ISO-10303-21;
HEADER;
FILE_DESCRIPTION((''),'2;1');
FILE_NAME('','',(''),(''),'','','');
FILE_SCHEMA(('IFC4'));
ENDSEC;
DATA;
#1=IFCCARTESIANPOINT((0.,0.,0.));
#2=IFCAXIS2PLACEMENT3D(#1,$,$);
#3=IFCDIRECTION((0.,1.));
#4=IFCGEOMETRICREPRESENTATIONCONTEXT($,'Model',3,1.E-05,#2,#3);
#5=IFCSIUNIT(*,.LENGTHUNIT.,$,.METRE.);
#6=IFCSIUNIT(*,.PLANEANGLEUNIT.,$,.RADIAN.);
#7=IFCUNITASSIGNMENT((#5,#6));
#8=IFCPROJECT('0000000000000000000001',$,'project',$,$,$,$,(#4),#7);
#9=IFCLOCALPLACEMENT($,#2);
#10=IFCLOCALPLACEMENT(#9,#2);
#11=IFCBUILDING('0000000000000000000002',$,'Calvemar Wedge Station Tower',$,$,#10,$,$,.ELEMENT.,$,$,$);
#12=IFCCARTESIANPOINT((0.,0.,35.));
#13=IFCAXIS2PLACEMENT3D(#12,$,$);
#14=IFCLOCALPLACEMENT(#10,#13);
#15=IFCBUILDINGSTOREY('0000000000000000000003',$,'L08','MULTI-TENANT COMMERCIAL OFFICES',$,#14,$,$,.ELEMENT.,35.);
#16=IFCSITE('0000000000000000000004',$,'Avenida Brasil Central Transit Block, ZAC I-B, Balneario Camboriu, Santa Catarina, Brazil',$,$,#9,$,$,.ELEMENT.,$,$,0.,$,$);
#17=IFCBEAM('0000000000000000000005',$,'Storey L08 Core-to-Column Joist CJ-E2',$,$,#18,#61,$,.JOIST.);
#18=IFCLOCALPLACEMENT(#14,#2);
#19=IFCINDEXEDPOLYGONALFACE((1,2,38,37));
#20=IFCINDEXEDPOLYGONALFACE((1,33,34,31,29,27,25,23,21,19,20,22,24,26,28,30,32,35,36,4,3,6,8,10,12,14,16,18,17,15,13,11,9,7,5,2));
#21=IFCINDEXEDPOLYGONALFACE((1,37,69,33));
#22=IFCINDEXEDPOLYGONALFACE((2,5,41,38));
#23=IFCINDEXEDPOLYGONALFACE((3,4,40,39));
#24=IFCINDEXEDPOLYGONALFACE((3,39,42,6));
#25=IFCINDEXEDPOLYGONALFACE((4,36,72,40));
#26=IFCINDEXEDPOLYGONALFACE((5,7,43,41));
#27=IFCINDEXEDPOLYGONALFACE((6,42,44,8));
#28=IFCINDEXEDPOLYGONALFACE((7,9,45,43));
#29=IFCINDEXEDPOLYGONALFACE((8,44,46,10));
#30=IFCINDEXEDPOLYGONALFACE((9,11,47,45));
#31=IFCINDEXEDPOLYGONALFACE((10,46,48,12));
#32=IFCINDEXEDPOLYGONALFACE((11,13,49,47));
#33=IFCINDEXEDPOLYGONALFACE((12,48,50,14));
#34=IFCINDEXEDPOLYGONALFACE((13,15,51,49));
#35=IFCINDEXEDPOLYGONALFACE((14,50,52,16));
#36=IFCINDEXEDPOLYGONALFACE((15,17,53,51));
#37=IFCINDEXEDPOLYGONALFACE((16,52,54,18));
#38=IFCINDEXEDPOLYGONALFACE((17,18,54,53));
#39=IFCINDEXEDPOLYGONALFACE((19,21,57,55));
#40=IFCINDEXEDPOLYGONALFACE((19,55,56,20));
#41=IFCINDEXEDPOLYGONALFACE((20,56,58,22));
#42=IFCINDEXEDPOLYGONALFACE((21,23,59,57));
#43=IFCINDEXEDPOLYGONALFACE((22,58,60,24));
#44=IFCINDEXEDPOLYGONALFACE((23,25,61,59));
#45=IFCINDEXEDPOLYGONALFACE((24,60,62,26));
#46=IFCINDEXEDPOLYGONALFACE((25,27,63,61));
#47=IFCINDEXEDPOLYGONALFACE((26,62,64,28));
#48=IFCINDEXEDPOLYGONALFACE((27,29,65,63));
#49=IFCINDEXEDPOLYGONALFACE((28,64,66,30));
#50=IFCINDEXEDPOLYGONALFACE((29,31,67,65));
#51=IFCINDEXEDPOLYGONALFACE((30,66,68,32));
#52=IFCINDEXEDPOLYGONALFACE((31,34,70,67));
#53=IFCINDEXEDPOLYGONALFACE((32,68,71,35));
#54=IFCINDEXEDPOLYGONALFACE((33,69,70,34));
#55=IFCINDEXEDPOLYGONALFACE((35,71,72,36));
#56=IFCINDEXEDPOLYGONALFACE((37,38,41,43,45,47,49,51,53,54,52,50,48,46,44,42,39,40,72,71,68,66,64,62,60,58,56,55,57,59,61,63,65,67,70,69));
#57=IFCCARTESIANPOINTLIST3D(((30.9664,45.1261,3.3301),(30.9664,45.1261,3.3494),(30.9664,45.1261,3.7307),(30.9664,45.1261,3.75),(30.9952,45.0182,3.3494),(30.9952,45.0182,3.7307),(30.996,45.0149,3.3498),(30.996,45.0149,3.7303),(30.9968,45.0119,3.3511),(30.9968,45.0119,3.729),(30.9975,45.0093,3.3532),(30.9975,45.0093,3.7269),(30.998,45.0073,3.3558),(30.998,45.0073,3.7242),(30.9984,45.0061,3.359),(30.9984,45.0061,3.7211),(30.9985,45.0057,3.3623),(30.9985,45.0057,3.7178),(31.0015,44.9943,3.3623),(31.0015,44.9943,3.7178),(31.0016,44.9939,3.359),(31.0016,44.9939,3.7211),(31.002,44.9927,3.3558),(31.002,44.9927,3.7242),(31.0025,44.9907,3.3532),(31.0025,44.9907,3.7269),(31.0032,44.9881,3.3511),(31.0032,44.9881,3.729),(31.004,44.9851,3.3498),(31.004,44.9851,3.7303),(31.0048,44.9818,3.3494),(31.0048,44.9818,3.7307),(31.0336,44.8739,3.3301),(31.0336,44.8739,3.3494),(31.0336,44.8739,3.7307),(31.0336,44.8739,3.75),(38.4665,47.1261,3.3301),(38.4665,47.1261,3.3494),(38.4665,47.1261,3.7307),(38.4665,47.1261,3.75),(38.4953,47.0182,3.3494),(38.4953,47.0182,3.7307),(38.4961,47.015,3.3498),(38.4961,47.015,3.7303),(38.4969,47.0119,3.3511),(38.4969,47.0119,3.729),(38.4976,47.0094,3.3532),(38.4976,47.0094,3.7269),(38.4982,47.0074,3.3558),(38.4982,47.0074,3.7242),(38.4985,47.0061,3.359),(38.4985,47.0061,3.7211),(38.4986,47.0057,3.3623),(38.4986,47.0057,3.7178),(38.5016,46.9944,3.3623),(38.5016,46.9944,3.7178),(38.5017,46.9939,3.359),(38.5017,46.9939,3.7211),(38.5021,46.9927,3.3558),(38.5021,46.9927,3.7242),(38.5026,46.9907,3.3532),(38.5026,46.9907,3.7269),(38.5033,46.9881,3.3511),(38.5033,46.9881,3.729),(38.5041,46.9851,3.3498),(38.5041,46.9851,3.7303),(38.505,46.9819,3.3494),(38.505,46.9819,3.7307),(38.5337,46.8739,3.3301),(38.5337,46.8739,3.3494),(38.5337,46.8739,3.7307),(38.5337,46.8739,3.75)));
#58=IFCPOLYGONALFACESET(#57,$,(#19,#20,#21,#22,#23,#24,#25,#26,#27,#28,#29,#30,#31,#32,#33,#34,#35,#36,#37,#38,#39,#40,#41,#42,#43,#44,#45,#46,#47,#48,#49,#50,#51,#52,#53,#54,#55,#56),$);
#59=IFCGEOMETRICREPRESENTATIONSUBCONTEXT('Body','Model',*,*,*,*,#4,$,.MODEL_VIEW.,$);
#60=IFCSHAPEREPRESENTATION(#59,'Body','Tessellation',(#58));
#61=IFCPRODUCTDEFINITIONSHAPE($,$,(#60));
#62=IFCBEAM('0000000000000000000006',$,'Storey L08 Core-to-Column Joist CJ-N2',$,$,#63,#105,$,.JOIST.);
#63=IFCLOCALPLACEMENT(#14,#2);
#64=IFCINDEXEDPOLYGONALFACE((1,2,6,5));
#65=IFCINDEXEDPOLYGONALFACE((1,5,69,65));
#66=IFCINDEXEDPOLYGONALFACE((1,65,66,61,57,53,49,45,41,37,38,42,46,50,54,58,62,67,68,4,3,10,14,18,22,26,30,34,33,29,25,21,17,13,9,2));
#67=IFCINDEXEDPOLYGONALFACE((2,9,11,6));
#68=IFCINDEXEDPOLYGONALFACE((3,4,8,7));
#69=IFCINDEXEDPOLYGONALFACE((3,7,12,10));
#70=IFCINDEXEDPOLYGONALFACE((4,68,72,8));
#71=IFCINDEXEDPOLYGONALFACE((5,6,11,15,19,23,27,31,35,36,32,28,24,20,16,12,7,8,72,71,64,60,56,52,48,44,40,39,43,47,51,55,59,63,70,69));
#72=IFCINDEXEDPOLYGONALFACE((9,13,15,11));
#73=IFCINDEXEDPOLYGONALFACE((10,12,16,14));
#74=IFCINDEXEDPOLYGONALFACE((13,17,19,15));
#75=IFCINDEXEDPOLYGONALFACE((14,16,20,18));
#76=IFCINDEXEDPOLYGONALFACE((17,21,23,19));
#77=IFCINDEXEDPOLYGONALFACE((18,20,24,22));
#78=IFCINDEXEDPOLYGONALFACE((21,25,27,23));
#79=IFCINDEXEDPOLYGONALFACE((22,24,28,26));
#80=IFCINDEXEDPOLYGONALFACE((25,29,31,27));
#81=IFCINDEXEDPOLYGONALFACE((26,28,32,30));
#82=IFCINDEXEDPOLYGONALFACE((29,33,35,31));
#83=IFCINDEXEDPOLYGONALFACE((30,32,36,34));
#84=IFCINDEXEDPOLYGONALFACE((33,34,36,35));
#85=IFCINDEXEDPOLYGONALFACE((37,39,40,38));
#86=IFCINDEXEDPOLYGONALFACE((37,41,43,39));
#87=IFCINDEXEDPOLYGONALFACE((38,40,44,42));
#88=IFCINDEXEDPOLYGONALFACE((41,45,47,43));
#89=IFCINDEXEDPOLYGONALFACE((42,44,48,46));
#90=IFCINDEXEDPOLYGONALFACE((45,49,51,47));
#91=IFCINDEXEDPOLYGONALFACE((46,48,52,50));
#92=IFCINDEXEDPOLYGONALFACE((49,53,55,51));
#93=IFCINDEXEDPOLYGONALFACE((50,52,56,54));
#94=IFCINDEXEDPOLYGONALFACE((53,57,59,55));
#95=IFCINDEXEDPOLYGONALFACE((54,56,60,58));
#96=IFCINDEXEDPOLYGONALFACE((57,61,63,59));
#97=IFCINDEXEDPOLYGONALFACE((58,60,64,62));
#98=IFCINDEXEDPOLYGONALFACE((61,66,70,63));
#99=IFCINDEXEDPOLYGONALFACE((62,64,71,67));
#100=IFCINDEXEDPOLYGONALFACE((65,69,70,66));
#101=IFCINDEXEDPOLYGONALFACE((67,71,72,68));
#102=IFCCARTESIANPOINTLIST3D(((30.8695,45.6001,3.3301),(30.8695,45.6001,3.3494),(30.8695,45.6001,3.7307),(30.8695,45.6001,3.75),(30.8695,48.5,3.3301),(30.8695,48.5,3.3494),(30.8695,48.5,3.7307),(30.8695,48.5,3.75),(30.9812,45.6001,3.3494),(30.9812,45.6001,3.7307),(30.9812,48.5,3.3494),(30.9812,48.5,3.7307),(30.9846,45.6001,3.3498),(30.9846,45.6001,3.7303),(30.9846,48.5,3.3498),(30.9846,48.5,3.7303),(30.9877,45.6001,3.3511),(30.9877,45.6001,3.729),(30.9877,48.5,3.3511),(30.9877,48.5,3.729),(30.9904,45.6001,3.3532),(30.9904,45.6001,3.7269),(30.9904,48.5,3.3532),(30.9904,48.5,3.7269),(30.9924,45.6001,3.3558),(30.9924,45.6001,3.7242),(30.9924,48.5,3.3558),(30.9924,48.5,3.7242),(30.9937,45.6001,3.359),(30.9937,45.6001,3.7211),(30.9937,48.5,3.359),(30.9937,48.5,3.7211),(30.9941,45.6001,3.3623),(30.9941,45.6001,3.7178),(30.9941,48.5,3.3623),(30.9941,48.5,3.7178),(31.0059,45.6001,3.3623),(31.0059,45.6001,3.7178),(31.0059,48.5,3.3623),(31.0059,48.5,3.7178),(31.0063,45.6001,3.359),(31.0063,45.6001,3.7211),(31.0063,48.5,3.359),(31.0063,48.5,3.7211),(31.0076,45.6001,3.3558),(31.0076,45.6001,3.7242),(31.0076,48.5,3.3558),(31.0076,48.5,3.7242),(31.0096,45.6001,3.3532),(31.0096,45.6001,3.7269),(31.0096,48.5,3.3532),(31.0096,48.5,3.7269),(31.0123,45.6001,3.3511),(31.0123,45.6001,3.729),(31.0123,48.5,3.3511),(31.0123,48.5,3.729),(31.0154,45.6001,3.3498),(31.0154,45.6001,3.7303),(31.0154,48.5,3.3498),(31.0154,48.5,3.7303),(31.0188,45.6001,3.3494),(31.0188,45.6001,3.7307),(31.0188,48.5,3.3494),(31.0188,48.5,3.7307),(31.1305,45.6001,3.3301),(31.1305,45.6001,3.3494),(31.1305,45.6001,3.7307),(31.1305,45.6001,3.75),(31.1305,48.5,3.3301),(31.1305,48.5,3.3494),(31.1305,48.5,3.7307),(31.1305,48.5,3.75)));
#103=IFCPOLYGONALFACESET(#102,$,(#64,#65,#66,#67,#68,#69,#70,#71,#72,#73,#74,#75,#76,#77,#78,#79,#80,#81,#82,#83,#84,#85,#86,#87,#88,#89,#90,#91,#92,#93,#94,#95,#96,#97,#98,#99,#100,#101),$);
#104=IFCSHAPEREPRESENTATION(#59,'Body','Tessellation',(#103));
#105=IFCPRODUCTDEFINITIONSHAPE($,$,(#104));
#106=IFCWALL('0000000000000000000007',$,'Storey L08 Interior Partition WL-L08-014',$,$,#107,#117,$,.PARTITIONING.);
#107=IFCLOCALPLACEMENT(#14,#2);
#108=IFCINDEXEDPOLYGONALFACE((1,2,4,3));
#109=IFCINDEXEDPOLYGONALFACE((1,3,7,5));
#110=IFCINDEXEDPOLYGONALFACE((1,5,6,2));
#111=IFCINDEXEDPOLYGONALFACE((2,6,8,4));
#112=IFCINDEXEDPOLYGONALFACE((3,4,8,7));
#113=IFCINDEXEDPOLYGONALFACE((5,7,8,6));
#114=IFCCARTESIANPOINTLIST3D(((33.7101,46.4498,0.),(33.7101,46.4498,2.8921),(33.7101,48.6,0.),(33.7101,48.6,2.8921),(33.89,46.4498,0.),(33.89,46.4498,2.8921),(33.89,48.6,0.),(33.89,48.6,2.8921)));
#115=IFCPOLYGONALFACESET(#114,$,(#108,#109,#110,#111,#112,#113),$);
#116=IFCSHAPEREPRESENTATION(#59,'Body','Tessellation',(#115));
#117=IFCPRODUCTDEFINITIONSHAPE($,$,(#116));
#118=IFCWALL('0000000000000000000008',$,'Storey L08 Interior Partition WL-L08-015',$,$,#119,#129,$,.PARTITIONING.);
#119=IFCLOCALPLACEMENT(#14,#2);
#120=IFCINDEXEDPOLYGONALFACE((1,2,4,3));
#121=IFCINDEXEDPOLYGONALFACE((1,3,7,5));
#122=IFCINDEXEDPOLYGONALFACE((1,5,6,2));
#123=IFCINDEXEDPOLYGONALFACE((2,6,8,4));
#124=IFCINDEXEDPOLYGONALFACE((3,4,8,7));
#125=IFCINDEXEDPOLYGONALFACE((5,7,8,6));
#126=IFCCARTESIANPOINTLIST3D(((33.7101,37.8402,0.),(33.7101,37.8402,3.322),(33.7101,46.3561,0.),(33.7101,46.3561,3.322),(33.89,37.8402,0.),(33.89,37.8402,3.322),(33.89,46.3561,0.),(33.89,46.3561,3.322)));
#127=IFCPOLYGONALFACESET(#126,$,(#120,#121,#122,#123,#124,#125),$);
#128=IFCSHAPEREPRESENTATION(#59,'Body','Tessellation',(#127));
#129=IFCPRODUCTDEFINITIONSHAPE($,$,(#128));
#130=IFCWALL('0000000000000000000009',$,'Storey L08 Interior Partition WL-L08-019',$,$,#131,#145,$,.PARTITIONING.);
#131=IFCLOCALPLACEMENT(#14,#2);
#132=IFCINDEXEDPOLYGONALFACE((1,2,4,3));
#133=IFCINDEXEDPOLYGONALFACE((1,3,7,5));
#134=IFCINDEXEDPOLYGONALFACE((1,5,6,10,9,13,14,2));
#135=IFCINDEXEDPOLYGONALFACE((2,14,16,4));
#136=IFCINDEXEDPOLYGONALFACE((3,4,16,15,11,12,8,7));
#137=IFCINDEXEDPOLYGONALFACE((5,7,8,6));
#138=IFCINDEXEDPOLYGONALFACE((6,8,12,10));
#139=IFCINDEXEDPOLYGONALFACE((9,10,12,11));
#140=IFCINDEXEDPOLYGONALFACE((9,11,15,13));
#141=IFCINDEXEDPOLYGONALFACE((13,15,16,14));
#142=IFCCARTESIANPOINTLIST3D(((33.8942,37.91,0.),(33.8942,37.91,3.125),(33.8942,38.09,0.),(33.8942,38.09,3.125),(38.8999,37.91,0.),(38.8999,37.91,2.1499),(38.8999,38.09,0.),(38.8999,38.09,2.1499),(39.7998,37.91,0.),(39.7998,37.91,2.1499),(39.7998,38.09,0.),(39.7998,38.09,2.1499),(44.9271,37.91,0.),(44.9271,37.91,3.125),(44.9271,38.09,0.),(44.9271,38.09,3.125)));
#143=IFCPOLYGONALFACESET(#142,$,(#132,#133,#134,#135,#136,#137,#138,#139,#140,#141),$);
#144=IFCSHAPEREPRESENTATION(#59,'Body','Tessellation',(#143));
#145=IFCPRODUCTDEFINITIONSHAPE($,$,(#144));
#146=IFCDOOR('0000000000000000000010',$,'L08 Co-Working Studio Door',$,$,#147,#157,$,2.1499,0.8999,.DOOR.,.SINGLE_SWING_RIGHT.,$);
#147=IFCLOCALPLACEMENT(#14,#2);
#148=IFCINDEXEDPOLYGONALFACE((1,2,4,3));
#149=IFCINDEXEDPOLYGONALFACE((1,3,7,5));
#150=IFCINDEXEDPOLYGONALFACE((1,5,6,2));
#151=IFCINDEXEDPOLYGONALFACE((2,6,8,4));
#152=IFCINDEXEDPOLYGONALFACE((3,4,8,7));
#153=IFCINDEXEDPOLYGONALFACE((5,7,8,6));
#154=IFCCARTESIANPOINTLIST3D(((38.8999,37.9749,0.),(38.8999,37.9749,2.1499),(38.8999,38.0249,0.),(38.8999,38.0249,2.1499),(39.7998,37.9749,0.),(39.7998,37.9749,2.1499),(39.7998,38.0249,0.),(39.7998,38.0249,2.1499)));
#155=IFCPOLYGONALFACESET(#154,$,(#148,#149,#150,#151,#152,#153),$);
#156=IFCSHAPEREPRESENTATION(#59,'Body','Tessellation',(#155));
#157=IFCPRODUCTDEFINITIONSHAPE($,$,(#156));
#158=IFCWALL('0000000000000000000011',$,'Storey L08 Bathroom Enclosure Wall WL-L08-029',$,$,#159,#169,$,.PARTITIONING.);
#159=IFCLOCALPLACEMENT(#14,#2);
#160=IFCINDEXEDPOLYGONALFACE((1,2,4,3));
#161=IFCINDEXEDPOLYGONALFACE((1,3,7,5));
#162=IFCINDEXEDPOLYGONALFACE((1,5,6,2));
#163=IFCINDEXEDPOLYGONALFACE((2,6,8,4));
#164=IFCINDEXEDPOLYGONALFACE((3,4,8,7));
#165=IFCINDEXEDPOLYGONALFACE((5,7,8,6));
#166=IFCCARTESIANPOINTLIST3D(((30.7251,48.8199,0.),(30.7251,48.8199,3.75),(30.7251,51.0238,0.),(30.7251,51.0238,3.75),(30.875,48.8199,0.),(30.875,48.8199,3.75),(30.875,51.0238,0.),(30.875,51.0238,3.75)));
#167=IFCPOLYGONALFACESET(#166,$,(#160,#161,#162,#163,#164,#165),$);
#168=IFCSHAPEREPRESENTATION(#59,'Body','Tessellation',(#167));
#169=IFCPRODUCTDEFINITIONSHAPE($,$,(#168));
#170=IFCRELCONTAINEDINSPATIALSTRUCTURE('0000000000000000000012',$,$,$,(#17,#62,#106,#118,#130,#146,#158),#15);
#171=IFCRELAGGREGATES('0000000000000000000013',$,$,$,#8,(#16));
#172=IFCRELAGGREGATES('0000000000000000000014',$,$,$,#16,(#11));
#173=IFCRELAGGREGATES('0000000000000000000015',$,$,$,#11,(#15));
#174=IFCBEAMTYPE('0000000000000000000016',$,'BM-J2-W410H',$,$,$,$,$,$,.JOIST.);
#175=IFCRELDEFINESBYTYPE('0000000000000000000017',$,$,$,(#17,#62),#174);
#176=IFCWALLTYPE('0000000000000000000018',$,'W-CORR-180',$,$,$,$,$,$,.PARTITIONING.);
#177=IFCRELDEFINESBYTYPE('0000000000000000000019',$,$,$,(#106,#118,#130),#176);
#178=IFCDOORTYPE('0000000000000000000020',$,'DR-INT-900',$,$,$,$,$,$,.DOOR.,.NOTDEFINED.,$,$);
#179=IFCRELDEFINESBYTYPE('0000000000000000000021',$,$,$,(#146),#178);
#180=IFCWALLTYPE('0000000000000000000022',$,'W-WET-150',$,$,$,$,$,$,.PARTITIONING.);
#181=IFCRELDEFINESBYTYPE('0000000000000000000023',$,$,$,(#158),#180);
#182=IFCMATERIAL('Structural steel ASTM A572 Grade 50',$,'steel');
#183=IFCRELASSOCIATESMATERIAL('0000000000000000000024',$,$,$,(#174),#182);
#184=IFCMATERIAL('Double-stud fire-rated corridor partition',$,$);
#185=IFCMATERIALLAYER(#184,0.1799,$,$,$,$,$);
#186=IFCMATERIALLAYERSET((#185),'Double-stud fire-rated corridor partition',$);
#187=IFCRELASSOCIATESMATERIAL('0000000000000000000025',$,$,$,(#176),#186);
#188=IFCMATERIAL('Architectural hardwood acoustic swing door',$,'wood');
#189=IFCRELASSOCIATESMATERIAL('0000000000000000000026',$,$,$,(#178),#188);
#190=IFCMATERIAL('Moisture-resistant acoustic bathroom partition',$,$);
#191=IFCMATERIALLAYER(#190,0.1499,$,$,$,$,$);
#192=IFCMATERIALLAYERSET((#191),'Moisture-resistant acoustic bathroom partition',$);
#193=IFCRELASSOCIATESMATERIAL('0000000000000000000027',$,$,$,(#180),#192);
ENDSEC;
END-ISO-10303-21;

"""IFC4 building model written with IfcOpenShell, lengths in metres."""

from ifc_helpers import new_model, si_unit, direction, frame, frame_2d, origin, origin_2d, place, context, subcontext, project, spatial, rectangle, i_section, extrude, source, transform, mapped, material, layer, layer_set, material_profile, profile_set, type_object, element, fill, save


model = new_model("IFC4")

# Units and contexts
model_context = context("Model", 3, precision=1e-05, world=origin(), true_north=direction((0.0, 1.0)))
body_context = subcontext(model_context, "Body", "Model", "MODEL_VIEW")
ifc_project = project(units=[si_unit("LENGTHUNIT", "METRE"), si_unit("PLANEANGLEUNIT", "RADIAN")], contexts=[model_context])

# Site, building, storey
site_placement = place(None, origin())
site = spatial("IfcSite", under=ifc_project, at=site_placement, Name="Avenida Brasil Central Transit Block, ZAC I-B, Balneario Camboriu, Santa Catarina, Brazil", CompositionType="ELEMENT", RefElevation=0.0)
building_placement = place(site_placement, origin())
building = spatial("IfcBuilding", under=site, at=building_placement, Name="Calvemar Wedge Station Tower", CompositionType="ELEMENT")
storey_placement = place(building_placement, frame((0.0, 0.0, 35.0)))
storey = spatial("IfcBuildingStorey", under=building, at=storey_placement, Name="L08", Description="MULTI-TENANT COMMERCIAL OFFICES", CompositionType="ELEMENT", Elevation=35.0)

# Beams
ifc_material_1 = material(Name="Structural steel ASTM A572 Grade 50", Category="steel")
ifc_material_profile_1 = material_profile(ifc_material_1, i_section(OverallWidth=0.261, OverallDepth=0.4199, WebThickness=0.0117, FlangeThickness=0.0193, FilletRadius=0.0129, at=origin_2d()), Name="W410x114")
ifc_profile_set_1 = profile_set([ifc_material_profile_1], Name="Structural steel ASTM A572 Grade 50")
beam_type_1 = type_object("IfcBeamType", Name="BM-J2-W410H", PredefinedType="JOIST", material=ifc_profile_set_1)
shared_shape_1 = source(origin(), body_context, "Body", "SweptSolid", [
    extrude(i_section(OverallWidth=0.261, OverallDepth=0.4199, WebThickness=0.0117, FlangeThickness=0.0193, FilletRadius=0.0129, at=origin_2d()), origin(), (0.0, 0.0, 1.0), 7.7622),
])
beam_1_placement = place(storey_placement, frame((31.0, 45.0, 3.54), z_axis=(0.966235, 0.257663, 0.0), x_axis=(-0.257663, 0.966235, 0.0)))
element("IfcBeam", 1, at=beam_1_placement, inside=storey, type_object=beam_type_1, Name="Storey L08 Core-to-Column Joist CJ-E2", PredefinedType="JOIST", context=body_context, shape_type="MappedRepresentation", body=[
    mapped(shared_shape_1, transform((0.0, 0.0, 0.0), scale=1.0)),
])
shared_shape_2 = source(origin(), body_context, "Body", "SweptSolid", [
    extrude(i_section(OverallWidth=0.261, OverallDepth=0.4199, WebThickness=0.0117, FlangeThickness=0.0193, FilletRadius=0.0129, at=origin_2d()), origin(), (0.0, 0.0, 1.0), 2.8999),
])
beam_2_placement = place(storey_placement, frame((31.0, 45.6001, 3.54), z_axis=(0.0, 1.0, 0.0), x_axis=(-1.0, 0.0, 0.0)))
element("IfcBeam", 2, at=beam_2_placement, inside=storey, type_object=beam_type_1, Name="Storey L08 Core-to-Column Joist CJ-N2", PredefinedType="JOIST", context=body_context, shape_type="MappedRepresentation", body=[
    mapped(shared_shape_2, transform((0.0, 0.0, 0.0), scale=1.0)),
])

# Walls
ifc_material_2 = material(Name="Double-stud fire-rated corridor partition")
ifc_layer_1 = layer(ifc_material_2, 0.1799)
ifc_layer_set_1 = layer_set([ifc_layer_1], Name="Double-stud fire-rated corridor partition")
wall_type_1 = type_object("IfcWallType", Name="W-CORR-180", PredefinedType="PARTITIONING", material=ifc_layer_set_1)
wall_1_placement = place(storey_placement, frame((33.8, 48.6001, 0.0), z_axis=(0.0, 0.0, 1.0), x_axis=(0.0, -1.0, 0.0)))
element("IfcWall", 3, at=wall_1_placement, inside=storey, type_object=wall_type_1, Name="Storey L08 Interior Partition WL-L08-014", PredefinedType="PARTITIONING", context=body_context, shape_type="SweptSolid", body=[
    extrude(rectangle(XDim=2.1501, YDim=0.1799, at=frame_2d((1.0752, 0.0))), origin(), (0.0, 0.0, 1.0), 2.8921),
])
wall_2_placement = place(storey_placement, frame((33.8, 46.356, 0.0), z_axis=(0.0, 0.0, 1.0), x_axis=(0.0, -1.0, 0.0)))
element("IfcWall", 4, at=wall_2_placement, inside=storey, type_object=wall_type_1, Name="Storey L08 Interior Partition WL-L08-015", PredefinedType="PARTITIONING", context=body_context, shape_type="SweptSolid", body=[
    extrude(rectangle(XDim=8.5159, YDim=0.1799, at=frame_2d((4.2578, 0.0))), origin(), (0.0, 0.0, 1.0), 3.322),
])

# Wall, opening, door
wall_3_placement = place(storey_placement, frame((33.894, 38.0, 0.0), z_axis=(0.0, 0.0, 1.0), x_axis=(1.0, 0.0, 0.0)))
wall_3 = element("IfcWall", 5, at=wall_3_placement, inside=storey, type_object=wall_type_1, Name="Storey L08 Interior Partition WL-L08-019", PredefinedType="PARTITIONING", context=body_context, shape_type="SweptSolid", body=[
    extrude(rectangle(XDim=11.033, YDim=0.1799, at=frame_2d((5.5166, 0.0))), origin(), (0.0, 0.0, 1.0), 3.125),
])
shared_shape_3 = source(origin(), body_context, "Body", "SweptSolid", [
    extrude(rectangle(XDim=0.8999, YDim=2.1499, at=frame_2d((0.45, 1.075))), frame((0.0, 0.1001, 0.0), z_axis=(0.0, -1.0, 0.0), x_axis=(1.0, 0.0, 0.0)), (0.0, 0.0, 1.0), 0.2),
])
opening_1_placement = place(wall_3_placement, frame((5.0059, 0.0, 0.0)))
opening_1 = element("IfcOpeningElement", 6, at=opening_1_placement, cuts=wall_3, PredefinedType="OPENING", context=body_context, shape_type="MappedRepresentation", body=[
    mapped(shared_shape_3, transform((0.0, 0.0, 0.0), scale=1.0)),
])
ifc_material_3 = material(Name="Architectural hardwood acoustic swing door", Category="wood")
door_type_1 = type_object("IfcDoorType", Name="DR-INT-900", OperationType="NOTDEFINED", PredefinedType="DOOR", material=ifc_material_3)
shared_shape_4 = source(origin(), body_context, "Body", "SweptSolid", [
    extrude(rectangle(XDim=0.8999, YDim=2.1499, at=frame_2d((0.45, 1.075))), frame((0.0, 0.0249, 0.0), z_axis=(0.0, -1.0, 0.0), x_axis=(1.0, 0.0, 0.0)), (0.0, 0.0, 1.0), 0.05),
])
door_1_placement = place(opening_1_placement, origin())
door_1 = element("IfcDoor", 7, at=door_1_placement, inside=storey, type_object=door_type_1, Name="L08 Co-Working Studio Door", OperationType="SINGLE_SWING_RIGHT", OverallHeight=2.1499, OverallWidth=0.8999, PredefinedType="DOOR", context=body_context, shape_type="MappedRepresentation", body=[
    mapped(shared_shape_4, transform((0.0, 0.0, 0.0), scale=1.0)),
])
fill(opening_1, door_1)

# Wall
ifc_material_4 = material(Name="Moisture-resistant acoustic bathroom partition")
ifc_layer_2 = layer(ifc_material_4, 0.1499)
ifc_layer_set_2 = layer_set([ifc_layer_2], Name="Moisture-resistant acoustic bathroom partition")
wall_type_2 = type_object("IfcWallType", Name="W-WET-150", PredefinedType="PARTITIONING", material=ifc_layer_set_2)
wall_4_placement = place(storey_placement, frame((30.8, 51.0239, 0.0), z_axis=(0.0, 0.0, 1.0), x_axis=(0.0, -1.0, 0.0)))
element("IfcWall", 8, at=wall_4_placement, inside=storey, type_object=wall_type_2, Name="Storey L08 Bathroom Enclosure Wall WL-L08-029", PredefinedType="PARTITIONING", context=body_context, shape_type="SweptSolid", body=[
    extrude(rectangle(XDim=2.2039, YDim=0.1499, at=frame_2d((1.1021, 0.0))), origin(), (0.0, 0.0, 1.0), 3.75),
])

save(model, "model.ifc")
